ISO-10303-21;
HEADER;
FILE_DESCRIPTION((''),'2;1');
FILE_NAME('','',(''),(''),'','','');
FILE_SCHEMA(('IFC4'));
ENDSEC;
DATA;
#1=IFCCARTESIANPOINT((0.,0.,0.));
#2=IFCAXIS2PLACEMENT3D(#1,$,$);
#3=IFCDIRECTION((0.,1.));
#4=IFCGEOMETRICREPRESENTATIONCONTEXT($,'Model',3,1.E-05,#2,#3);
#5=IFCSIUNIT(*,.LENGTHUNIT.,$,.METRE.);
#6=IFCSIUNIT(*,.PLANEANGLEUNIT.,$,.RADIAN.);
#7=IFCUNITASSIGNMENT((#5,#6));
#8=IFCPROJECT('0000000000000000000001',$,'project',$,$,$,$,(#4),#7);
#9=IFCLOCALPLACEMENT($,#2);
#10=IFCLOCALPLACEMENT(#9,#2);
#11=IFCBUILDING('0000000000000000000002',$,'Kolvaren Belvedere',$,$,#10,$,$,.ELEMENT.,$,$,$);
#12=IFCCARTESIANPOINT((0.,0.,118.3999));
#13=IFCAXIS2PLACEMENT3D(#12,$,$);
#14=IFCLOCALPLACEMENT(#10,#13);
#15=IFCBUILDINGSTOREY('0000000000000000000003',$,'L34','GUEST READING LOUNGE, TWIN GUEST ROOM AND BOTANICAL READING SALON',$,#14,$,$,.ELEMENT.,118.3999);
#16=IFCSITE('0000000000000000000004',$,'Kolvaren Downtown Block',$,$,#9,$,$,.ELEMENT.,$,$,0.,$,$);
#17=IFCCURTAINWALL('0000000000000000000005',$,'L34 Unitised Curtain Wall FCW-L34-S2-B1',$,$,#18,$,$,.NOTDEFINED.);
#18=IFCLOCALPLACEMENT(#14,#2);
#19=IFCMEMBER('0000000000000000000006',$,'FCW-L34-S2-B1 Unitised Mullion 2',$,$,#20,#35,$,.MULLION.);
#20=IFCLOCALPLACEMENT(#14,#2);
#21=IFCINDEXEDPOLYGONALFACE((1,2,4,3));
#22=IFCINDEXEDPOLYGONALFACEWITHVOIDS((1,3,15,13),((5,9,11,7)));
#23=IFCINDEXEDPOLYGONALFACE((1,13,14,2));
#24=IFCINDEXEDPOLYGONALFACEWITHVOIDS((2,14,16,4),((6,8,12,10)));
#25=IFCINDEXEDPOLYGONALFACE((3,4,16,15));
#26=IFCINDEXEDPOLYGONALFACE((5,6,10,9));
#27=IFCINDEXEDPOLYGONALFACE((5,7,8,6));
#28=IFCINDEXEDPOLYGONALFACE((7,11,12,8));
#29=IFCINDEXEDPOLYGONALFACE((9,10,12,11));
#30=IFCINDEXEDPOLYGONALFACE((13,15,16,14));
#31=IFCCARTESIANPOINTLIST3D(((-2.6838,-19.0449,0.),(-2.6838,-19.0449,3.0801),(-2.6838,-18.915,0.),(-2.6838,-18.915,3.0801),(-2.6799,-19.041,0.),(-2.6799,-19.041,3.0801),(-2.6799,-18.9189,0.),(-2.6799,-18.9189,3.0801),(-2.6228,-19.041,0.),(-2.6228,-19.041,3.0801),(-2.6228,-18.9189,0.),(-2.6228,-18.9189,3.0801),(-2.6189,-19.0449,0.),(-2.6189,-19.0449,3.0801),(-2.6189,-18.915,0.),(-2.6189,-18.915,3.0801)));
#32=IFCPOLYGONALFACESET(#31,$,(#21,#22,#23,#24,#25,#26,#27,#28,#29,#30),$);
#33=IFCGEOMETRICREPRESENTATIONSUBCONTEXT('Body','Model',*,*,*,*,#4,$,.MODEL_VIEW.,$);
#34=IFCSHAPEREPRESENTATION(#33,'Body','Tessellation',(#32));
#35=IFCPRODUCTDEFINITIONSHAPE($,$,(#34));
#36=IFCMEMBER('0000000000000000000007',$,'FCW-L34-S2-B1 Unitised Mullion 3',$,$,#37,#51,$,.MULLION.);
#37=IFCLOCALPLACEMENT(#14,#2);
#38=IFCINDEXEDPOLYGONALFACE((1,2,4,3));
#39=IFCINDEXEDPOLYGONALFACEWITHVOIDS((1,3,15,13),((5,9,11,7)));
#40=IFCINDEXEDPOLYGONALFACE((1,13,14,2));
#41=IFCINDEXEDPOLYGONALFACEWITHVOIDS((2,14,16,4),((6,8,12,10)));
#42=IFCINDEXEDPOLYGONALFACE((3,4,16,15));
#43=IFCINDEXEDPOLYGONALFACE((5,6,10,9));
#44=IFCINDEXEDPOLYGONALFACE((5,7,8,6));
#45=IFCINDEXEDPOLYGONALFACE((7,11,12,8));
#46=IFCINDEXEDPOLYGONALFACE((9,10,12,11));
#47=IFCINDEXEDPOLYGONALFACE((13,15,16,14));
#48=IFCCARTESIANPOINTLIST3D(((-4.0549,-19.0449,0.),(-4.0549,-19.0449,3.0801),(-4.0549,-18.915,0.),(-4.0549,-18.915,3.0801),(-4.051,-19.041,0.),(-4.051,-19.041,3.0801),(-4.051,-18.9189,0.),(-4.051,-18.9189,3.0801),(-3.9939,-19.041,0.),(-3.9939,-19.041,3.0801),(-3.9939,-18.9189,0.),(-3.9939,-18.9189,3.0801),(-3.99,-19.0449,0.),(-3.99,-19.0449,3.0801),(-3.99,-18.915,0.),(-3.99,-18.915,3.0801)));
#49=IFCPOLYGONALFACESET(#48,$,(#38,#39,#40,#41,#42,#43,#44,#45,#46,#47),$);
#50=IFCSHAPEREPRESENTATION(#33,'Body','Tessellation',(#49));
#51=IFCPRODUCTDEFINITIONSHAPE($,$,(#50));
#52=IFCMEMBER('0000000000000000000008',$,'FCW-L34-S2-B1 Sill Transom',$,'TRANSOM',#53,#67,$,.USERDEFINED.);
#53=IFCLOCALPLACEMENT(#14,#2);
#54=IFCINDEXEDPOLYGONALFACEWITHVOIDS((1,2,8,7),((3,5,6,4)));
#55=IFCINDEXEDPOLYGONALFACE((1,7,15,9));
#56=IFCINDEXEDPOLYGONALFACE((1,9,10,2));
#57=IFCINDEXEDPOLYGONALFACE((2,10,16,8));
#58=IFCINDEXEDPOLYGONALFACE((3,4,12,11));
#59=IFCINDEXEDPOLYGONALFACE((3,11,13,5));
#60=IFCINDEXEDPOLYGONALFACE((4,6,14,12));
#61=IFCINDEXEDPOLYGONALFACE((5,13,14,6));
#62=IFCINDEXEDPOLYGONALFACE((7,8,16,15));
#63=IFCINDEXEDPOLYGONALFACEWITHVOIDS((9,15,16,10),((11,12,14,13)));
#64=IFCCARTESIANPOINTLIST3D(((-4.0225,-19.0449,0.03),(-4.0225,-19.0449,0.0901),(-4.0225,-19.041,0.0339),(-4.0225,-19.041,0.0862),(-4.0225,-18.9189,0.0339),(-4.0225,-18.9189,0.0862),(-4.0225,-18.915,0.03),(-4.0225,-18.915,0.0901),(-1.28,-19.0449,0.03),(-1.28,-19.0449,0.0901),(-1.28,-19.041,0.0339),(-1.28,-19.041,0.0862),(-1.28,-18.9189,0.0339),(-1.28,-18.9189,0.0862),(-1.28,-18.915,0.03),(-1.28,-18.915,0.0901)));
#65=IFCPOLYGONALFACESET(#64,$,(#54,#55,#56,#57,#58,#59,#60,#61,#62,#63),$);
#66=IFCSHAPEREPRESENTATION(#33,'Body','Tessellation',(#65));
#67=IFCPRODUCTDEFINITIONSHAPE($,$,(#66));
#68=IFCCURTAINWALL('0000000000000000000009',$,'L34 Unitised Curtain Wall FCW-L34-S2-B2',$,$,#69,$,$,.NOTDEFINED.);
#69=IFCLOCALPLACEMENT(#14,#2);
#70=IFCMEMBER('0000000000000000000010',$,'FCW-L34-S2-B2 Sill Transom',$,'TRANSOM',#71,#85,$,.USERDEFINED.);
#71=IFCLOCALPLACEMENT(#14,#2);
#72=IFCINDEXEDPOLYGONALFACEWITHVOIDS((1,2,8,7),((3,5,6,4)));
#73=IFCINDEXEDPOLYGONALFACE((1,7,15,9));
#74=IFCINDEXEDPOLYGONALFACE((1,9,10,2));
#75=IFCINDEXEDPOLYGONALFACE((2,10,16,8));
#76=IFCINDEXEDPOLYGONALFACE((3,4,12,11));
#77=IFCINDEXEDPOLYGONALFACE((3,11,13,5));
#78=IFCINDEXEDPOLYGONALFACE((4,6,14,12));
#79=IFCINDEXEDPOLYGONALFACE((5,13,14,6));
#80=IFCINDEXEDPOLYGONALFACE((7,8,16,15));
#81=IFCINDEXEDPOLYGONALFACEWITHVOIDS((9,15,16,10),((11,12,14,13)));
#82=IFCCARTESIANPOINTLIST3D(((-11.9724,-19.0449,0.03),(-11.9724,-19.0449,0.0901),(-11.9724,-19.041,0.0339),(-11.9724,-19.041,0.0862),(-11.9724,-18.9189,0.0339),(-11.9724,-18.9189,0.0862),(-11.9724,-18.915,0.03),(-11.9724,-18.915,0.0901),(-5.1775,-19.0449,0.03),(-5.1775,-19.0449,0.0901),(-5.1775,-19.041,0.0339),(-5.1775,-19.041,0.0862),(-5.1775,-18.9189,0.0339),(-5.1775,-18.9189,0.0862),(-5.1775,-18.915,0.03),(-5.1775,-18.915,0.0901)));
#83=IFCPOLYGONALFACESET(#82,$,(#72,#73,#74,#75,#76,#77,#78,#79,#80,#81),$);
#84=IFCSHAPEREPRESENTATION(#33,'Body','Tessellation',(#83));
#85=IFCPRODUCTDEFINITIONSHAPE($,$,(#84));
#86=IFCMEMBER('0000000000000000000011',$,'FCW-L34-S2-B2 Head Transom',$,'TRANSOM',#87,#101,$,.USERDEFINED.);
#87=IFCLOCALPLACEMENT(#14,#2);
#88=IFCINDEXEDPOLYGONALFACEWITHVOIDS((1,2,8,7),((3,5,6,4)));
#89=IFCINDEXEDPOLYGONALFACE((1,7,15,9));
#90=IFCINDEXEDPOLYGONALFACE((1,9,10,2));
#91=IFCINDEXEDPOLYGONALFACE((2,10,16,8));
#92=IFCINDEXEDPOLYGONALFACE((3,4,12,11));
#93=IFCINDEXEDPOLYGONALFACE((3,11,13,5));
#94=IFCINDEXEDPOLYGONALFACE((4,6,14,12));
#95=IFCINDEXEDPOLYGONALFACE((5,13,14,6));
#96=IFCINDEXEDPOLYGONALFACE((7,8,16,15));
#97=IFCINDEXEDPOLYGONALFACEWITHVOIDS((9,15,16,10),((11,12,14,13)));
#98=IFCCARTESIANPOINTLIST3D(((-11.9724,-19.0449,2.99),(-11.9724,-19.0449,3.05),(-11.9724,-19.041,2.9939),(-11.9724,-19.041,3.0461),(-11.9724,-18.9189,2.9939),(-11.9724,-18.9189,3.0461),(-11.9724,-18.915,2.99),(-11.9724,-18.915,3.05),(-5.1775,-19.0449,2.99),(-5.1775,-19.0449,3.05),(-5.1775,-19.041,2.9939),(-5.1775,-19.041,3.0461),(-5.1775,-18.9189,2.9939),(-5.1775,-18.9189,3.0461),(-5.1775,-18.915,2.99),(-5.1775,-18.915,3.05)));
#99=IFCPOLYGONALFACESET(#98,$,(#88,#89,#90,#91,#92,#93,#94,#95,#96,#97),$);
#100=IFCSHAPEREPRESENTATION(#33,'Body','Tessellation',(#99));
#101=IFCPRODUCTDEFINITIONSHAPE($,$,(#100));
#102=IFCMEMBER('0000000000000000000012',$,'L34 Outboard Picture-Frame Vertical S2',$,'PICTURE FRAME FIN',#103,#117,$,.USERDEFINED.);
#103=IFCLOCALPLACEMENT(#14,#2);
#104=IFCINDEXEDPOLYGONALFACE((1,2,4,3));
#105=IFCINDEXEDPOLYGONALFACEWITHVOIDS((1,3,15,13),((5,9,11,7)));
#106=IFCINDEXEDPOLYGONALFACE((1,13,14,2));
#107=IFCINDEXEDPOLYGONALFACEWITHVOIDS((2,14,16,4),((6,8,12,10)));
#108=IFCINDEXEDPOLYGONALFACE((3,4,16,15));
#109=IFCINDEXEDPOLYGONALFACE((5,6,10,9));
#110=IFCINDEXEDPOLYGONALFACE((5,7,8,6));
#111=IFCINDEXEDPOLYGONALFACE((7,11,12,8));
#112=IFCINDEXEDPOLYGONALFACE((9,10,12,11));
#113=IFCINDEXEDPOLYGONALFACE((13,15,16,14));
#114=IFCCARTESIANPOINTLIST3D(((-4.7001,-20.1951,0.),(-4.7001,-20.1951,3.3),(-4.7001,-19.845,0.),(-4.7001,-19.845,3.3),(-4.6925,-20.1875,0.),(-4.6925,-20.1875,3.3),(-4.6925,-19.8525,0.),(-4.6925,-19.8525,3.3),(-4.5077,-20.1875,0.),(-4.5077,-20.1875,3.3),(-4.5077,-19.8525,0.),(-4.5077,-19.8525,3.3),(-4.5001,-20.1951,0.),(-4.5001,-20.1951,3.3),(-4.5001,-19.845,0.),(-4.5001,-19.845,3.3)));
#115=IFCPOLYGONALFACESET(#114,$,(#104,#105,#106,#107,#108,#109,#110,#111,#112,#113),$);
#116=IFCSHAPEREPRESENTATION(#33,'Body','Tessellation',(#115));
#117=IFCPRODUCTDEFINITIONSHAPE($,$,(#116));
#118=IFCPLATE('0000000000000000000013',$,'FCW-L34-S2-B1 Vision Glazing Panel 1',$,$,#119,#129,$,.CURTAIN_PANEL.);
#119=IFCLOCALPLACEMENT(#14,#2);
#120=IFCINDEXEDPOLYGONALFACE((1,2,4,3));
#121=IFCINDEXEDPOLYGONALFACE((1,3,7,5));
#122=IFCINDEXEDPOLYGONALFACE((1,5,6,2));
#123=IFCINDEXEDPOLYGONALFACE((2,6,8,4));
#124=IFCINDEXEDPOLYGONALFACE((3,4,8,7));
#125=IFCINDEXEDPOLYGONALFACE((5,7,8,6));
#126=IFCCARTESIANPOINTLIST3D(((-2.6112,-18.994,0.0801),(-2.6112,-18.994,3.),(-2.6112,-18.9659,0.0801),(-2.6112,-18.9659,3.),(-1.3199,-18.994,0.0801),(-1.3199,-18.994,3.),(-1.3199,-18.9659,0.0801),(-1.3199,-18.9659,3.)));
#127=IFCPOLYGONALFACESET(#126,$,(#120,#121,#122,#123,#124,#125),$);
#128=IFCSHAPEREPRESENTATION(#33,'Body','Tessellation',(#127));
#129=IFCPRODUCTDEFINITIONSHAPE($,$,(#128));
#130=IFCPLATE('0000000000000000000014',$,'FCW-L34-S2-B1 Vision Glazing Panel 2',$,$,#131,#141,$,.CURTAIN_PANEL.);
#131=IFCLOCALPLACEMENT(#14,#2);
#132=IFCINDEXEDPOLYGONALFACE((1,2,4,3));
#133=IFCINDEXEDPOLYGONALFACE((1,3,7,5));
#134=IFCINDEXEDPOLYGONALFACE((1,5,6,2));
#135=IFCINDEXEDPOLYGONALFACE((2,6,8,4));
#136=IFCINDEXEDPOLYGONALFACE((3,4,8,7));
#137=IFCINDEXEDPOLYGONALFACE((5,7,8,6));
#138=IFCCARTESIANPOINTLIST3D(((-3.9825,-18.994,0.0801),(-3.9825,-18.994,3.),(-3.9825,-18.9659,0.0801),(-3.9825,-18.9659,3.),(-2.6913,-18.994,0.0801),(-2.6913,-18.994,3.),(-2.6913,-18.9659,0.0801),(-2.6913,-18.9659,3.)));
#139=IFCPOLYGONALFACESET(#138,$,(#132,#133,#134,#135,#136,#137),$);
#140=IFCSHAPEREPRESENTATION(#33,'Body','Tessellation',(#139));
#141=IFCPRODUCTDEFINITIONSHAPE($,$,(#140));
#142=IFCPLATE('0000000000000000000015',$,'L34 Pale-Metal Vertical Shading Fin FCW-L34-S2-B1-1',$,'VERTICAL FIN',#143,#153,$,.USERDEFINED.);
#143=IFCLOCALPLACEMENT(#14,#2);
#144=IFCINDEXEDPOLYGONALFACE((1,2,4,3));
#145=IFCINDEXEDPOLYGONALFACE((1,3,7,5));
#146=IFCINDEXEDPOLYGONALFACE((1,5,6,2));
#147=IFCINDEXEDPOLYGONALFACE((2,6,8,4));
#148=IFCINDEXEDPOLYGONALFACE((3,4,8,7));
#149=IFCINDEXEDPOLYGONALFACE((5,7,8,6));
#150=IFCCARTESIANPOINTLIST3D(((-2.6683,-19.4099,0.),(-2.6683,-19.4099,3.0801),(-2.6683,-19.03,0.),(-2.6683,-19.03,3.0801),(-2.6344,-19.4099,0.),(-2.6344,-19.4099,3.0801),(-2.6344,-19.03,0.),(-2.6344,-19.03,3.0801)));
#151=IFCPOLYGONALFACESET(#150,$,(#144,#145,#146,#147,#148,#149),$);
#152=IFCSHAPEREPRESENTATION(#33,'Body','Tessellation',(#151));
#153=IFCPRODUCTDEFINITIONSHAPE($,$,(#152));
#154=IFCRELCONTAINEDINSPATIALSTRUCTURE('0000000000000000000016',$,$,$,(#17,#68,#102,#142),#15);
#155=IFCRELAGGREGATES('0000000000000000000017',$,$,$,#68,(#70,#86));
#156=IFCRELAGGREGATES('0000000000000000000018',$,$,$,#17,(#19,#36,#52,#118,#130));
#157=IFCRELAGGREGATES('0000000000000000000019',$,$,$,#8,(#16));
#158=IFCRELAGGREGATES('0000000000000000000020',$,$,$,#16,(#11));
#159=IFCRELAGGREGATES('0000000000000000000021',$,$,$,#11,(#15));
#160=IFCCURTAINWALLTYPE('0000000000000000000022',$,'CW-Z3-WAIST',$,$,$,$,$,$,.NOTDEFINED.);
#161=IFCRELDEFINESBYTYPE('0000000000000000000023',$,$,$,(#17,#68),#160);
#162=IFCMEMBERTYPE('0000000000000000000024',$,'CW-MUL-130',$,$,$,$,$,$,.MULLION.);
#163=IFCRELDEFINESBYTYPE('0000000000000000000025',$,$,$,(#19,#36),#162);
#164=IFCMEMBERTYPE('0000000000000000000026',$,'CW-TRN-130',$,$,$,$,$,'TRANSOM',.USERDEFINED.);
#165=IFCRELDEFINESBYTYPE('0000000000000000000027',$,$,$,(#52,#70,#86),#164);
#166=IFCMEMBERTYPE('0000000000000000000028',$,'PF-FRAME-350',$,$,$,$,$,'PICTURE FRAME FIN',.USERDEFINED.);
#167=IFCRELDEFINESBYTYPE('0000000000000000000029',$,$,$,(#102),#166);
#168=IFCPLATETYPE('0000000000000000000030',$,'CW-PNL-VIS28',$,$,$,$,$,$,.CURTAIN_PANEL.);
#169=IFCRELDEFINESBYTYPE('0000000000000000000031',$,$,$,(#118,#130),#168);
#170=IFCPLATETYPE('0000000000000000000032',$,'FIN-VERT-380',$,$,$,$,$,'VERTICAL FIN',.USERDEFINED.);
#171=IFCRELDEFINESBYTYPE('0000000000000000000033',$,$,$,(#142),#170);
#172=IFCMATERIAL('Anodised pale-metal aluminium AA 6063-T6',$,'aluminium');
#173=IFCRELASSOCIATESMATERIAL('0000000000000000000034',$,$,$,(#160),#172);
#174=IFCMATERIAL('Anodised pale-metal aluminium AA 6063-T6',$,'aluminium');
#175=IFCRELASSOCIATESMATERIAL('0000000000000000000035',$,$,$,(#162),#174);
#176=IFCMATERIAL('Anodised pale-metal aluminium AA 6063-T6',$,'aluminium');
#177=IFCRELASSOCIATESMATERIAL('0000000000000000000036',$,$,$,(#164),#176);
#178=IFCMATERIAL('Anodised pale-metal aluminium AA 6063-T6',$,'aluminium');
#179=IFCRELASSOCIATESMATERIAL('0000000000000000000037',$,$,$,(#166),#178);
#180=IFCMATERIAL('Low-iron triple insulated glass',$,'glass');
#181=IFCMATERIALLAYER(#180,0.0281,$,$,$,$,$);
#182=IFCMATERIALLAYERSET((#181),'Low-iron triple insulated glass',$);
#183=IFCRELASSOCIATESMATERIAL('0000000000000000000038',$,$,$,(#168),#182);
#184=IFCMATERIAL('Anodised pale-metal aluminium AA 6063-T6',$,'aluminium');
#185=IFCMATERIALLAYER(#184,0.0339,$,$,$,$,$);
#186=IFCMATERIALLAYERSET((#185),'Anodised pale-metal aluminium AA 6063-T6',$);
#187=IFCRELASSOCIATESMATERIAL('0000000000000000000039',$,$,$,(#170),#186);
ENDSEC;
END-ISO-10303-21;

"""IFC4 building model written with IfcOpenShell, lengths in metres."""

from ifc_helpers import new_model, si_unit, direction, frame, origin, origin_2d, place, context, subcontext, project, spatial, rectangle, hollow_rectangle, extrude, material, layer, layer_set, material_profile, profile_set, type_object, element, aggregate, save


model = new_model("IFC4")

# Units and contexts
model_context = context("Model", 3, precision=1e-05, world=origin(), true_north=direction((0.0, 1.0)))
body_context = subcontext(model_context, "Body", "Model", "MODEL_VIEW")
ifc_project = project(units=[si_unit("LENGTHUNIT", "METRE"), si_unit("PLANEANGLEUNIT", "RADIAN")], contexts=[model_context])

# Site, building, storey
site_placement = place(None, origin())
site = spatial("IfcSite", under=ifc_project, at=site_placement, Name="Kolvaren Downtown Block", CompositionType="ELEMENT", RefElevation=0.0)
building_placement = place(site_placement, origin())
building = spatial("IfcBuilding", under=site, at=building_placement, Name="Kolvaren Belvedere", CompositionType="ELEMENT")
storey_placement = place(building_placement, frame((0.0, 0.0, 118.3999)))
storey = spatial("IfcBuildingStorey", under=building, at=storey_placement, Name="L34", Description="GUEST READING LOUNGE, TWIN GUEST ROOM AND BOTANICAL READING SALON", CompositionType="ELEMENT", Elevation=118.3999)

# Curtain walls, members
ifc_material_1 = material(Name="Anodised pale-metal aluminium AA 6063-T6", Category="aluminium")
curtain_wall_type = type_object("IfcCurtainWallType", Name="CW-Z3-WAIST", PredefinedType="NOTDEFINED", material=ifc_material_1)
curtain_wall_1_placement = place(storey_placement, origin())
curtain_wall_1 = element("IfcCurtainWall", 1, at=curtain_wall_1_placement, inside=storey, type_object=curtain_wall_type, Name="L34 Unitised Curtain Wall FCW-L34-S2-B1", PredefinedType="NOTDEFINED")
ifc_material_2 = material(Name="Anodised pale-metal aluminium AA 6063-T6", Category="aluminium")
ifc_material_profile_1 = material_profile(ifc_material_2, hollow_rectangle(XDim=0.0649, YDim=0.1299, WallThickness=0.0039, at=origin_2d()), Name="ALU-MUL-130X65")
ifc_profile_set_1 = profile_set([ifc_material_profile_1], Name="Anodised pale-metal aluminium AA 6063-T6")
member_type_1 = type_object("IfcMemberType", Name="CW-MUL-130", PredefinedType="MULLION", material=ifc_profile_set_1)
member_1_placement = place(storey_placement, frame((-2.6514, -18.98, 0.0), z_axis=(0.0, 0.0, 1.0), x_axis=(1.0, 0.0, 0.0)))
member_1 = element("IfcMember", 2, at=member_1_placement, type_object=member_type_1, Name="FCW-L34-S2-B1 Unitised Mullion 2", PredefinedType="MULLION", context=body_context, shape_type="SweptSolid", body=[
    extrude(hollow_rectangle(XDim=0.0649, YDim=0.1299, WallThickness=0.0039, at=origin_2d()), origin(), (0.0, 0.0, 1.0), 3.0801),
])
member_2_placement = place(storey_placement, frame((-4.0225, -18.98, 0.0), z_axis=(0.0, 0.0, 1.0), x_axis=(1.0, 0.0, 0.0)))
member_2 = element("IfcMember", 3, at=member_2_placement, type_object=member_type_1, Name="FCW-L34-S2-B1 Unitised Mullion 3", PredefinedType="MULLION", context=body_context, shape_type="SweptSolid", body=[
    extrude(hollow_rectangle(XDim=0.0649, YDim=0.1299, WallThickness=0.0039, at=origin_2d()), origin(), (0.0, 0.0, 1.0), 3.0801),
])
ifc_material_3 = material(Name="Anodised pale-metal aluminium AA 6063-T6", Category="aluminium")
ifc_material_profile_2 = material_profile(ifc_material_3, hollow_rectangle(XDim=0.0601, YDim=0.1299, WallThickness=0.0039, at=origin_2d()), Name="ALU-TRN-130X60")
ifc_profile_set_2 = profile_set([ifc_material_profile_2], Name="Anodised pale-metal aluminium AA 6063-T6")
member_type_2 = type_object("IfcMemberType", Name="CW-TRN-130", ElementType="TRANSOM", PredefinedType="USERDEFINED", material=ifc_profile_set_2)
member_3_placement = place(storey_placement, frame((-1.28, -18.98, 0.0601), z_axis=(-1.0, 0.0, 0.0), x_axis=(0.0, 0.0, 1.0)))
member_3 = element("IfcMember", 4, at=member_3_placement, type_object=member_type_2, Name="FCW-L34-S2-B1 Sill Transom", ObjectType="TRANSOM", PredefinedType="USERDEFINED", context=body_context, shape_type="SweptSolid", body=[
    extrude(hollow_rectangle(XDim=0.0601, YDim=0.1299, WallThickness=0.0039, at=origin_2d()), origin(), (0.0, 0.0, 1.0), 2.7424),
])
curtain_wall_2_placement = place(storey_placement, origin())
curtain_wall_2 = element("IfcCurtainWall", 5, at=curtain_wall_2_placement, inside=storey, type_object=curtain_wall_type, Name="L34 Unitised Curtain Wall FCW-L34-S2-B2", PredefinedType="NOTDEFINED")
member_4_placement = place(storey_placement, frame((-5.1775, -18.98, 0.0601), z_axis=(-1.0, 0.0, 0.0), x_axis=(0.0, 0.0, 1.0)))
member_4 = element("IfcMember", 6, at=member_4_placement, type_object=member_type_2, Name="FCW-L34-S2-B2 Sill Transom", ObjectType="TRANSOM", PredefinedType="USERDEFINED", context=body_context, shape_type="SweptSolid", body=[
    extrude(hollow_rectangle(XDim=0.0601, YDim=0.1299, WallThickness=0.0039, at=origin_2d()), origin(), (0.0, 0.0, 1.0), 6.7949),
])
member_5_placement = place(storey_placement, frame((-5.1775, -18.98, 3.02), z_axis=(-1.0, 0.0, 0.0), x_axis=(0.0, 0.0, 1.0)))
member_5 = element("IfcMember", 7, at=member_5_placement, type_object=member_type_2, Name="FCW-L34-S2-B2 Head Transom", ObjectType="TRANSOM", PredefinedType="USERDEFINED", context=body_context, shape_type="SweptSolid", body=[
    extrude(hollow_rectangle(XDim=0.0601, YDim=0.1299, WallThickness=0.0039, at=origin_2d()), origin(), (0.0, 0.0, 1.0), 6.7949),
])
aggregate(curtain_wall_2, [member_4, member_5])

# Member
ifc_material_4 = material(Name="Anodised pale-metal aluminium AA 6063-T6", Category="aluminium")
ifc_material_profile_3 = material_profile(ifc_material_4, hollow_rectangle(XDim=0.2, YDim=0.3501, WallThickness=0.0076, at=origin_2d()), Name="ALU-PF-350X200")
ifc_profile_set_3 = profile_set([ifc_material_profile_3], Name="Anodised pale-metal aluminium AA 6063-T6")
member_type_3 = type_object("IfcMemberType", Name="PF-FRAME-350", ElementType="PICTURE FRAME FIN", PredefinedType="USERDEFINED", material=ifc_profile_set_3)
member_6_placement = place(storey_placement, frame((-4.6001, -20.02, 0.0), z_axis=(0.0, 0.0, 1.0), x_axis=(1.0, 0.0, 0.0)))
element("IfcMember", 8, at=member_6_placement, inside=storey, type_object=member_type_3, Name="L34 Outboard Picture-Frame Vertical S2", ObjectType="PICTURE FRAME FIN", PredefinedType="USERDEFINED", context=body_context, shape_type="SweptSolid", body=[
    extrude(hollow_rectangle(XDim=0.2, YDim=0.3501, WallThickness=0.0076, at=origin_2d()), origin(), (0.0, 0.0, 1.0), 3.3),
])

# Plates
ifc_material_5 = material(Name="Low-iron triple insulated glass", Category="glass")
ifc_layer_1 = layer(ifc_material_5, 0.0281)
ifc_layer_set_1 = layer_set([ifc_layer_1], Name="Low-iron triple insulated glass")
plate_type_1 = type_object("IfcPlateType", Name="CW-PNL-VIS28", PredefinedType="CURTAIN_PANEL", material=ifc_layer_set_1)
plate_1_placement = place(storey_placement, frame((-1.9656, -18.98, 0.0801), z_axis=(0.0, 0.0, 1.0), x_axis=(-1.0, 0.0, 0.0)))
plate_1 = element("IfcPlate", 9, at=plate_1_placement, type_object=plate_type_1, Name="FCW-L34-S2-B1 Vision Glazing Panel 1", PredefinedType="CURTAIN_PANEL", context=body_context, shape_type="SweptSolid", body=[
    extrude(rectangle(XDim=1.2913, YDim=0.0281, at=origin_2d()), origin(), (0.0, 0.0, 1.0), 2.9199),
])
plate_2_placement = place(storey_placement, frame((-3.3369, -18.98, 0.0801), z_axis=(0.0, 0.0, 1.0), x_axis=(-1.0, 0.0, 0.0)))
plate_2 = element("IfcPlate", 10, at=plate_2_placement, type_object=plate_type_1, Name="FCW-L34-S2-B1 Vision Glazing Panel 2", PredefinedType="CURTAIN_PANEL", context=body_context, shape_type="SweptSolid", body=[
    extrude(rectangle(XDim=1.2913, YDim=0.0281, at=origin_2d()), origin(), (0.0, 0.0, 1.0), 2.9199),
])
aggregate(curtain_wall_1, [member_1, member_2, member_3, plate_1, plate_2])
ifc_material_6 = material(Name="Anodised pale-metal aluminium AA 6063-T6", Category="aluminium")
ifc_layer_2 = layer(ifc_material_6, 0.0339)
ifc_layer_set_2 = layer_set([ifc_layer_2], Name="Anodised pale-metal aluminium AA 6063-T6")
plate_type_2 = type_object("IfcPlateType", Name="FIN-VERT-380", ElementType="VERTICAL FIN", PredefinedType="USERDEFINED", material=ifc_layer_set_2)
plate_3_placement = place(storey_placement, frame((-2.6514, -19.22, 0.0), z_axis=(0.0, 0.0, 1.0), x_axis=(0.0, 1.0, 0.0)))
element("IfcPlate", 11, at=plate_3_placement, inside=storey, type_object=plate_type_2, Name="L34 Pale-Metal Vertical Shading Fin FCW-L34-S2-B1-1", ObjectType="VERTICAL FIN", PredefinedType="USERDEFINED", context=body_context, shape_type="SweptSolid", body=[
    extrude(rectangle(XDim=0.3799, YDim=0.0339, at=origin_2d()), origin(), (0.0, 0.0, 1.0), 3.0801),
])

save(model, "model.ifc")
